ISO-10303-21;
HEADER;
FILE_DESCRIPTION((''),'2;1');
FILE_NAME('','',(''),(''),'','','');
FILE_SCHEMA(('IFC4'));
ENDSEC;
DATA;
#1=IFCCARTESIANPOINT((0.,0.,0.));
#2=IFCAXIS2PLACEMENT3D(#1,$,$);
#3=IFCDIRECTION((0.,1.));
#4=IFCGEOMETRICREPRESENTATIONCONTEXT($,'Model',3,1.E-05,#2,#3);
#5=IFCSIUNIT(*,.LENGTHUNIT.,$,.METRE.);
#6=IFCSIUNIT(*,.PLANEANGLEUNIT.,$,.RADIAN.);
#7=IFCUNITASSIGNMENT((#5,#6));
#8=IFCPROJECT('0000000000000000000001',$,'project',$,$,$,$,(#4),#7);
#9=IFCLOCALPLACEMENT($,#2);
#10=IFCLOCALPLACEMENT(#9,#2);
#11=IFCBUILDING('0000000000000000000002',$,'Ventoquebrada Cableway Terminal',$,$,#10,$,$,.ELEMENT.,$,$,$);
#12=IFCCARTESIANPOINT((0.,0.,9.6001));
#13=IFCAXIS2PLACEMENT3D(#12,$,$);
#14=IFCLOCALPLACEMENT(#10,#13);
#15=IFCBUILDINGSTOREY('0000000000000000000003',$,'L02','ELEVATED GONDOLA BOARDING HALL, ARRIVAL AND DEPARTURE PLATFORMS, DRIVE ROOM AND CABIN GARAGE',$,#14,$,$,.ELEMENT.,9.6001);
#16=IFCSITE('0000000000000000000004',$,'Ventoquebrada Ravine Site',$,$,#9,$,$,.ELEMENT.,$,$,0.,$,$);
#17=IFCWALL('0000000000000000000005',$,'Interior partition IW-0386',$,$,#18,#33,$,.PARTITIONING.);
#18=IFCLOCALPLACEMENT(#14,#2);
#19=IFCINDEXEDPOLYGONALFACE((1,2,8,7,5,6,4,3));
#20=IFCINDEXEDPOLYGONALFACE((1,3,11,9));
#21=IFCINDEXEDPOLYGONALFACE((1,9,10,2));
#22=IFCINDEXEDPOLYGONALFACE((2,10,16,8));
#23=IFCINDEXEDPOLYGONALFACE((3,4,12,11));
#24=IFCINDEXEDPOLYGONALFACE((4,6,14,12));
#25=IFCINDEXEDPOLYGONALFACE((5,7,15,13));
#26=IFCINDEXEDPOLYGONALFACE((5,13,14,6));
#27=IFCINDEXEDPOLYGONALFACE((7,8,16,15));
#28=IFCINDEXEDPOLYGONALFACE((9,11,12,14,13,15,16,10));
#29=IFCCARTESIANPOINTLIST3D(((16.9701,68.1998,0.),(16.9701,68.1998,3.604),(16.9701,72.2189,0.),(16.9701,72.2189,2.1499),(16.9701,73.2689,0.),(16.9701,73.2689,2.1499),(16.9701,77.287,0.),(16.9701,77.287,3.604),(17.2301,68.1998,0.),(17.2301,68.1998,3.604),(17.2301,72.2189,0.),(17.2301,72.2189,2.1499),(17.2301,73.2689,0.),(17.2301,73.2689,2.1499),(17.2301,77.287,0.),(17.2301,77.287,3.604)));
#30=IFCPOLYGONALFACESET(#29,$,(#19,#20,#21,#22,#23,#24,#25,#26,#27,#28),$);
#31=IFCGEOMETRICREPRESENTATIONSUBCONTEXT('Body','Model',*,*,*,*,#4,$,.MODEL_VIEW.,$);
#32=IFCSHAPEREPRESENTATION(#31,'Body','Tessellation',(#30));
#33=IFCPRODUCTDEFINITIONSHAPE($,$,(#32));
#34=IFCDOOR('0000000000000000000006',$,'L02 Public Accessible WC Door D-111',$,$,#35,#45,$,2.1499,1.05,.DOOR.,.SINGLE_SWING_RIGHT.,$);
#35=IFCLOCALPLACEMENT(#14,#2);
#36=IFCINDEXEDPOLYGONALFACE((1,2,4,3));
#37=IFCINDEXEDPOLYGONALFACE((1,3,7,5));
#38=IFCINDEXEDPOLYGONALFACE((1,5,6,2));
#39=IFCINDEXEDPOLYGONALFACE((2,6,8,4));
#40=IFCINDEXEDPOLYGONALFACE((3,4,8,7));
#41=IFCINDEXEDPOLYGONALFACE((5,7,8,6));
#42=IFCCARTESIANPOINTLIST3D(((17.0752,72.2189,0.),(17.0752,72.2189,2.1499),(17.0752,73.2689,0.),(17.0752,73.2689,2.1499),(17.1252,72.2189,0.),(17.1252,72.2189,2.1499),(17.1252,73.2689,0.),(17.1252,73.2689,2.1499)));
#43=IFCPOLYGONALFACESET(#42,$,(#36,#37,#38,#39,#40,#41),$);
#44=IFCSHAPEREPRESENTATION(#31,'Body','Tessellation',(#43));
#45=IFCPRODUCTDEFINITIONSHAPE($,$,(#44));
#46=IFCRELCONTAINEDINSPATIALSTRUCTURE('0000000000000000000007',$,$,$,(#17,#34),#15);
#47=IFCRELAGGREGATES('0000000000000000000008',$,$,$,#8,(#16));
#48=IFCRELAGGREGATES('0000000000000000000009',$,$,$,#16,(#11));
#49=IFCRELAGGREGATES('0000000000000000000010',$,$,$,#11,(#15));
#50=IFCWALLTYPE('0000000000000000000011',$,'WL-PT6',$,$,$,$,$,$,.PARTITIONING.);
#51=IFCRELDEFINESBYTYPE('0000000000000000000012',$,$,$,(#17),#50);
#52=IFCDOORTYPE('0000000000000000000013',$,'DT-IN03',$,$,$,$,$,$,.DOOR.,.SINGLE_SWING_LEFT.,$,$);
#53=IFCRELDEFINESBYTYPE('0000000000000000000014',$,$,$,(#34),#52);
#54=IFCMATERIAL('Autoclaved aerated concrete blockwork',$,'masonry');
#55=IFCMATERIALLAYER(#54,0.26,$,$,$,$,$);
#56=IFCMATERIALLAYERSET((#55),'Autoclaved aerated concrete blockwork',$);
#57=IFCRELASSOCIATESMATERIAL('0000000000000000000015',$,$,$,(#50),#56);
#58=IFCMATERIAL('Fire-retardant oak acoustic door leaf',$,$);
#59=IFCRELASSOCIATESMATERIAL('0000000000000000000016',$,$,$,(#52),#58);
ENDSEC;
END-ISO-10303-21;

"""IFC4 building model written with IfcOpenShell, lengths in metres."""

from ifc_helpers import new_model, si_unit, direction, frame, frame_2d, origin, place, context, subcontext, project, spatial, rectangle, extrude, material, layer, layer_set, type_object, element, fill, save


model = new_model("IFC4")

# Units and contexts
model_context = context("Model", 3, precision=1e-05, world=origin(), true_north=direction((0.0, 1.0)))
body_context = subcontext(model_context, "Body", "Model", "MODEL_VIEW")
ifc_project = project(units=[si_unit("LENGTHUNIT", "METRE"), si_unit("PLANEANGLEUNIT", "RADIAN")], contexts=[model_context])

# Site, building, storey
site_placement = place(None, origin())
site = spatial("IfcSite", under=ifc_project, at=site_placement, Name="Ventoquebrada Ravine Site", CompositionType="ELEMENT", RefElevation=0.0)
building_placement = place(site_placement, origin())
building = spatial("IfcBuilding", under=site, at=building_placement, Name="Ventoquebrada Cableway Terminal", CompositionType="ELEMENT")
storey_placement = place(building_placement, frame((0.0, 0.0, 9.6001)))
storey = spatial("IfcBuildingStorey", under=building, at=storey_placement, Name="L02", Description="ELEVATED GONDOLA BOARDING HALL, ARRIVAL AND DEPARTURE PLATFORMS, DRIVE ROOM AND CABIN GARAGE", CompositionType="ELEMENT", Elevation=9.6001)

# Wall, opening, door
ifc_material_1 = material(Name="Autoclaved aerated concrete blockwork", Category="masonry")
ifc_layer_1 = layer(ifc_material_1, 0.26)
ifc_layer_set_1 = layer_set([ifc_layer_1], Name="Autoclaved aerated concrete blockwork")
wall_type = type_object("IfcWallType", Name="WL-PT6", PredefinedType="PARTITIONING", material=ifc_layer_set_1)
wall_placement = place(storey_placement, frame((17.1001, 68.2, 0.0), z_axis=(0.0, 0.0, 1.0), x_axis=(0.0, 1.0, 0.0)))
wall = element("IfcWall", 1, at=wall_placement, inside=storey, type_object=wall_type, Name="Interior partition IW-0386", PredefinedType="PARTITIONING", context=body_context, shape_type="SweptSolid", body=[
    extrude(rectangle(XDim=9.0872, YDim=0.26, at=frame_2d((4.5435, 0.0))), origin(), (0.0, 0.0, 1.0), 3.604),
])
opening_placement = place(wall_placement, frame((4.019, 0.0, 0.0)))
opening = element("IfcOpeningElement", 2, at=opening_placement, cuts=wall, PredefinedType="OPENING", context=body_context, shape_type="SweptSolid", body=[
    extrude(rectangle(XDim=1.05, YDim=2.1499, at=frame_2d((0.5249, 1.075))), frame((0.0, 0.1399, 0.0), z_axis=(0.0, -1.0, 0.0), x_axis=(1.0, 0.0, 0.0)), (0.0, 0.0, 1.0), 0.28),
])
ifc_material_2 = material(Name="Fire-retardant oak acoustic door leaf")
door_type = type_object("IfcDoorType", Name="DT-IN03", OperationType="SINGLE_SWING_LEFT", PredefinedType="DOOR", material=ifc_material_2)
door_placement = place(opening_placement, origin())
door = element("IfcDoor", 3, at=door_placement, inside=storey, type_object=door_type, Name="L02 Public Accessible WC Door D-111", OperationType="SINGLE_SWING_RIGHT", OverallHeight=2.1499, OverallWidth=1.05, PredefinedType="DOOR", context=body_context, shape_type="SweptSolid", body=[
    extrude(rectangle(XDim=1.05, YDim=2.1499, at=frame_2d((0.5249, 1.075))), frame((0.0, 0.0249, 0.0), z_axis=(0.0, -1.0, 0.0), x_axis=(1.0, 0.0, 0.0)), (0.0, 0.0, 1.0), 0.05),
])
fill(opening, door)

save(model, "model.ifc")
